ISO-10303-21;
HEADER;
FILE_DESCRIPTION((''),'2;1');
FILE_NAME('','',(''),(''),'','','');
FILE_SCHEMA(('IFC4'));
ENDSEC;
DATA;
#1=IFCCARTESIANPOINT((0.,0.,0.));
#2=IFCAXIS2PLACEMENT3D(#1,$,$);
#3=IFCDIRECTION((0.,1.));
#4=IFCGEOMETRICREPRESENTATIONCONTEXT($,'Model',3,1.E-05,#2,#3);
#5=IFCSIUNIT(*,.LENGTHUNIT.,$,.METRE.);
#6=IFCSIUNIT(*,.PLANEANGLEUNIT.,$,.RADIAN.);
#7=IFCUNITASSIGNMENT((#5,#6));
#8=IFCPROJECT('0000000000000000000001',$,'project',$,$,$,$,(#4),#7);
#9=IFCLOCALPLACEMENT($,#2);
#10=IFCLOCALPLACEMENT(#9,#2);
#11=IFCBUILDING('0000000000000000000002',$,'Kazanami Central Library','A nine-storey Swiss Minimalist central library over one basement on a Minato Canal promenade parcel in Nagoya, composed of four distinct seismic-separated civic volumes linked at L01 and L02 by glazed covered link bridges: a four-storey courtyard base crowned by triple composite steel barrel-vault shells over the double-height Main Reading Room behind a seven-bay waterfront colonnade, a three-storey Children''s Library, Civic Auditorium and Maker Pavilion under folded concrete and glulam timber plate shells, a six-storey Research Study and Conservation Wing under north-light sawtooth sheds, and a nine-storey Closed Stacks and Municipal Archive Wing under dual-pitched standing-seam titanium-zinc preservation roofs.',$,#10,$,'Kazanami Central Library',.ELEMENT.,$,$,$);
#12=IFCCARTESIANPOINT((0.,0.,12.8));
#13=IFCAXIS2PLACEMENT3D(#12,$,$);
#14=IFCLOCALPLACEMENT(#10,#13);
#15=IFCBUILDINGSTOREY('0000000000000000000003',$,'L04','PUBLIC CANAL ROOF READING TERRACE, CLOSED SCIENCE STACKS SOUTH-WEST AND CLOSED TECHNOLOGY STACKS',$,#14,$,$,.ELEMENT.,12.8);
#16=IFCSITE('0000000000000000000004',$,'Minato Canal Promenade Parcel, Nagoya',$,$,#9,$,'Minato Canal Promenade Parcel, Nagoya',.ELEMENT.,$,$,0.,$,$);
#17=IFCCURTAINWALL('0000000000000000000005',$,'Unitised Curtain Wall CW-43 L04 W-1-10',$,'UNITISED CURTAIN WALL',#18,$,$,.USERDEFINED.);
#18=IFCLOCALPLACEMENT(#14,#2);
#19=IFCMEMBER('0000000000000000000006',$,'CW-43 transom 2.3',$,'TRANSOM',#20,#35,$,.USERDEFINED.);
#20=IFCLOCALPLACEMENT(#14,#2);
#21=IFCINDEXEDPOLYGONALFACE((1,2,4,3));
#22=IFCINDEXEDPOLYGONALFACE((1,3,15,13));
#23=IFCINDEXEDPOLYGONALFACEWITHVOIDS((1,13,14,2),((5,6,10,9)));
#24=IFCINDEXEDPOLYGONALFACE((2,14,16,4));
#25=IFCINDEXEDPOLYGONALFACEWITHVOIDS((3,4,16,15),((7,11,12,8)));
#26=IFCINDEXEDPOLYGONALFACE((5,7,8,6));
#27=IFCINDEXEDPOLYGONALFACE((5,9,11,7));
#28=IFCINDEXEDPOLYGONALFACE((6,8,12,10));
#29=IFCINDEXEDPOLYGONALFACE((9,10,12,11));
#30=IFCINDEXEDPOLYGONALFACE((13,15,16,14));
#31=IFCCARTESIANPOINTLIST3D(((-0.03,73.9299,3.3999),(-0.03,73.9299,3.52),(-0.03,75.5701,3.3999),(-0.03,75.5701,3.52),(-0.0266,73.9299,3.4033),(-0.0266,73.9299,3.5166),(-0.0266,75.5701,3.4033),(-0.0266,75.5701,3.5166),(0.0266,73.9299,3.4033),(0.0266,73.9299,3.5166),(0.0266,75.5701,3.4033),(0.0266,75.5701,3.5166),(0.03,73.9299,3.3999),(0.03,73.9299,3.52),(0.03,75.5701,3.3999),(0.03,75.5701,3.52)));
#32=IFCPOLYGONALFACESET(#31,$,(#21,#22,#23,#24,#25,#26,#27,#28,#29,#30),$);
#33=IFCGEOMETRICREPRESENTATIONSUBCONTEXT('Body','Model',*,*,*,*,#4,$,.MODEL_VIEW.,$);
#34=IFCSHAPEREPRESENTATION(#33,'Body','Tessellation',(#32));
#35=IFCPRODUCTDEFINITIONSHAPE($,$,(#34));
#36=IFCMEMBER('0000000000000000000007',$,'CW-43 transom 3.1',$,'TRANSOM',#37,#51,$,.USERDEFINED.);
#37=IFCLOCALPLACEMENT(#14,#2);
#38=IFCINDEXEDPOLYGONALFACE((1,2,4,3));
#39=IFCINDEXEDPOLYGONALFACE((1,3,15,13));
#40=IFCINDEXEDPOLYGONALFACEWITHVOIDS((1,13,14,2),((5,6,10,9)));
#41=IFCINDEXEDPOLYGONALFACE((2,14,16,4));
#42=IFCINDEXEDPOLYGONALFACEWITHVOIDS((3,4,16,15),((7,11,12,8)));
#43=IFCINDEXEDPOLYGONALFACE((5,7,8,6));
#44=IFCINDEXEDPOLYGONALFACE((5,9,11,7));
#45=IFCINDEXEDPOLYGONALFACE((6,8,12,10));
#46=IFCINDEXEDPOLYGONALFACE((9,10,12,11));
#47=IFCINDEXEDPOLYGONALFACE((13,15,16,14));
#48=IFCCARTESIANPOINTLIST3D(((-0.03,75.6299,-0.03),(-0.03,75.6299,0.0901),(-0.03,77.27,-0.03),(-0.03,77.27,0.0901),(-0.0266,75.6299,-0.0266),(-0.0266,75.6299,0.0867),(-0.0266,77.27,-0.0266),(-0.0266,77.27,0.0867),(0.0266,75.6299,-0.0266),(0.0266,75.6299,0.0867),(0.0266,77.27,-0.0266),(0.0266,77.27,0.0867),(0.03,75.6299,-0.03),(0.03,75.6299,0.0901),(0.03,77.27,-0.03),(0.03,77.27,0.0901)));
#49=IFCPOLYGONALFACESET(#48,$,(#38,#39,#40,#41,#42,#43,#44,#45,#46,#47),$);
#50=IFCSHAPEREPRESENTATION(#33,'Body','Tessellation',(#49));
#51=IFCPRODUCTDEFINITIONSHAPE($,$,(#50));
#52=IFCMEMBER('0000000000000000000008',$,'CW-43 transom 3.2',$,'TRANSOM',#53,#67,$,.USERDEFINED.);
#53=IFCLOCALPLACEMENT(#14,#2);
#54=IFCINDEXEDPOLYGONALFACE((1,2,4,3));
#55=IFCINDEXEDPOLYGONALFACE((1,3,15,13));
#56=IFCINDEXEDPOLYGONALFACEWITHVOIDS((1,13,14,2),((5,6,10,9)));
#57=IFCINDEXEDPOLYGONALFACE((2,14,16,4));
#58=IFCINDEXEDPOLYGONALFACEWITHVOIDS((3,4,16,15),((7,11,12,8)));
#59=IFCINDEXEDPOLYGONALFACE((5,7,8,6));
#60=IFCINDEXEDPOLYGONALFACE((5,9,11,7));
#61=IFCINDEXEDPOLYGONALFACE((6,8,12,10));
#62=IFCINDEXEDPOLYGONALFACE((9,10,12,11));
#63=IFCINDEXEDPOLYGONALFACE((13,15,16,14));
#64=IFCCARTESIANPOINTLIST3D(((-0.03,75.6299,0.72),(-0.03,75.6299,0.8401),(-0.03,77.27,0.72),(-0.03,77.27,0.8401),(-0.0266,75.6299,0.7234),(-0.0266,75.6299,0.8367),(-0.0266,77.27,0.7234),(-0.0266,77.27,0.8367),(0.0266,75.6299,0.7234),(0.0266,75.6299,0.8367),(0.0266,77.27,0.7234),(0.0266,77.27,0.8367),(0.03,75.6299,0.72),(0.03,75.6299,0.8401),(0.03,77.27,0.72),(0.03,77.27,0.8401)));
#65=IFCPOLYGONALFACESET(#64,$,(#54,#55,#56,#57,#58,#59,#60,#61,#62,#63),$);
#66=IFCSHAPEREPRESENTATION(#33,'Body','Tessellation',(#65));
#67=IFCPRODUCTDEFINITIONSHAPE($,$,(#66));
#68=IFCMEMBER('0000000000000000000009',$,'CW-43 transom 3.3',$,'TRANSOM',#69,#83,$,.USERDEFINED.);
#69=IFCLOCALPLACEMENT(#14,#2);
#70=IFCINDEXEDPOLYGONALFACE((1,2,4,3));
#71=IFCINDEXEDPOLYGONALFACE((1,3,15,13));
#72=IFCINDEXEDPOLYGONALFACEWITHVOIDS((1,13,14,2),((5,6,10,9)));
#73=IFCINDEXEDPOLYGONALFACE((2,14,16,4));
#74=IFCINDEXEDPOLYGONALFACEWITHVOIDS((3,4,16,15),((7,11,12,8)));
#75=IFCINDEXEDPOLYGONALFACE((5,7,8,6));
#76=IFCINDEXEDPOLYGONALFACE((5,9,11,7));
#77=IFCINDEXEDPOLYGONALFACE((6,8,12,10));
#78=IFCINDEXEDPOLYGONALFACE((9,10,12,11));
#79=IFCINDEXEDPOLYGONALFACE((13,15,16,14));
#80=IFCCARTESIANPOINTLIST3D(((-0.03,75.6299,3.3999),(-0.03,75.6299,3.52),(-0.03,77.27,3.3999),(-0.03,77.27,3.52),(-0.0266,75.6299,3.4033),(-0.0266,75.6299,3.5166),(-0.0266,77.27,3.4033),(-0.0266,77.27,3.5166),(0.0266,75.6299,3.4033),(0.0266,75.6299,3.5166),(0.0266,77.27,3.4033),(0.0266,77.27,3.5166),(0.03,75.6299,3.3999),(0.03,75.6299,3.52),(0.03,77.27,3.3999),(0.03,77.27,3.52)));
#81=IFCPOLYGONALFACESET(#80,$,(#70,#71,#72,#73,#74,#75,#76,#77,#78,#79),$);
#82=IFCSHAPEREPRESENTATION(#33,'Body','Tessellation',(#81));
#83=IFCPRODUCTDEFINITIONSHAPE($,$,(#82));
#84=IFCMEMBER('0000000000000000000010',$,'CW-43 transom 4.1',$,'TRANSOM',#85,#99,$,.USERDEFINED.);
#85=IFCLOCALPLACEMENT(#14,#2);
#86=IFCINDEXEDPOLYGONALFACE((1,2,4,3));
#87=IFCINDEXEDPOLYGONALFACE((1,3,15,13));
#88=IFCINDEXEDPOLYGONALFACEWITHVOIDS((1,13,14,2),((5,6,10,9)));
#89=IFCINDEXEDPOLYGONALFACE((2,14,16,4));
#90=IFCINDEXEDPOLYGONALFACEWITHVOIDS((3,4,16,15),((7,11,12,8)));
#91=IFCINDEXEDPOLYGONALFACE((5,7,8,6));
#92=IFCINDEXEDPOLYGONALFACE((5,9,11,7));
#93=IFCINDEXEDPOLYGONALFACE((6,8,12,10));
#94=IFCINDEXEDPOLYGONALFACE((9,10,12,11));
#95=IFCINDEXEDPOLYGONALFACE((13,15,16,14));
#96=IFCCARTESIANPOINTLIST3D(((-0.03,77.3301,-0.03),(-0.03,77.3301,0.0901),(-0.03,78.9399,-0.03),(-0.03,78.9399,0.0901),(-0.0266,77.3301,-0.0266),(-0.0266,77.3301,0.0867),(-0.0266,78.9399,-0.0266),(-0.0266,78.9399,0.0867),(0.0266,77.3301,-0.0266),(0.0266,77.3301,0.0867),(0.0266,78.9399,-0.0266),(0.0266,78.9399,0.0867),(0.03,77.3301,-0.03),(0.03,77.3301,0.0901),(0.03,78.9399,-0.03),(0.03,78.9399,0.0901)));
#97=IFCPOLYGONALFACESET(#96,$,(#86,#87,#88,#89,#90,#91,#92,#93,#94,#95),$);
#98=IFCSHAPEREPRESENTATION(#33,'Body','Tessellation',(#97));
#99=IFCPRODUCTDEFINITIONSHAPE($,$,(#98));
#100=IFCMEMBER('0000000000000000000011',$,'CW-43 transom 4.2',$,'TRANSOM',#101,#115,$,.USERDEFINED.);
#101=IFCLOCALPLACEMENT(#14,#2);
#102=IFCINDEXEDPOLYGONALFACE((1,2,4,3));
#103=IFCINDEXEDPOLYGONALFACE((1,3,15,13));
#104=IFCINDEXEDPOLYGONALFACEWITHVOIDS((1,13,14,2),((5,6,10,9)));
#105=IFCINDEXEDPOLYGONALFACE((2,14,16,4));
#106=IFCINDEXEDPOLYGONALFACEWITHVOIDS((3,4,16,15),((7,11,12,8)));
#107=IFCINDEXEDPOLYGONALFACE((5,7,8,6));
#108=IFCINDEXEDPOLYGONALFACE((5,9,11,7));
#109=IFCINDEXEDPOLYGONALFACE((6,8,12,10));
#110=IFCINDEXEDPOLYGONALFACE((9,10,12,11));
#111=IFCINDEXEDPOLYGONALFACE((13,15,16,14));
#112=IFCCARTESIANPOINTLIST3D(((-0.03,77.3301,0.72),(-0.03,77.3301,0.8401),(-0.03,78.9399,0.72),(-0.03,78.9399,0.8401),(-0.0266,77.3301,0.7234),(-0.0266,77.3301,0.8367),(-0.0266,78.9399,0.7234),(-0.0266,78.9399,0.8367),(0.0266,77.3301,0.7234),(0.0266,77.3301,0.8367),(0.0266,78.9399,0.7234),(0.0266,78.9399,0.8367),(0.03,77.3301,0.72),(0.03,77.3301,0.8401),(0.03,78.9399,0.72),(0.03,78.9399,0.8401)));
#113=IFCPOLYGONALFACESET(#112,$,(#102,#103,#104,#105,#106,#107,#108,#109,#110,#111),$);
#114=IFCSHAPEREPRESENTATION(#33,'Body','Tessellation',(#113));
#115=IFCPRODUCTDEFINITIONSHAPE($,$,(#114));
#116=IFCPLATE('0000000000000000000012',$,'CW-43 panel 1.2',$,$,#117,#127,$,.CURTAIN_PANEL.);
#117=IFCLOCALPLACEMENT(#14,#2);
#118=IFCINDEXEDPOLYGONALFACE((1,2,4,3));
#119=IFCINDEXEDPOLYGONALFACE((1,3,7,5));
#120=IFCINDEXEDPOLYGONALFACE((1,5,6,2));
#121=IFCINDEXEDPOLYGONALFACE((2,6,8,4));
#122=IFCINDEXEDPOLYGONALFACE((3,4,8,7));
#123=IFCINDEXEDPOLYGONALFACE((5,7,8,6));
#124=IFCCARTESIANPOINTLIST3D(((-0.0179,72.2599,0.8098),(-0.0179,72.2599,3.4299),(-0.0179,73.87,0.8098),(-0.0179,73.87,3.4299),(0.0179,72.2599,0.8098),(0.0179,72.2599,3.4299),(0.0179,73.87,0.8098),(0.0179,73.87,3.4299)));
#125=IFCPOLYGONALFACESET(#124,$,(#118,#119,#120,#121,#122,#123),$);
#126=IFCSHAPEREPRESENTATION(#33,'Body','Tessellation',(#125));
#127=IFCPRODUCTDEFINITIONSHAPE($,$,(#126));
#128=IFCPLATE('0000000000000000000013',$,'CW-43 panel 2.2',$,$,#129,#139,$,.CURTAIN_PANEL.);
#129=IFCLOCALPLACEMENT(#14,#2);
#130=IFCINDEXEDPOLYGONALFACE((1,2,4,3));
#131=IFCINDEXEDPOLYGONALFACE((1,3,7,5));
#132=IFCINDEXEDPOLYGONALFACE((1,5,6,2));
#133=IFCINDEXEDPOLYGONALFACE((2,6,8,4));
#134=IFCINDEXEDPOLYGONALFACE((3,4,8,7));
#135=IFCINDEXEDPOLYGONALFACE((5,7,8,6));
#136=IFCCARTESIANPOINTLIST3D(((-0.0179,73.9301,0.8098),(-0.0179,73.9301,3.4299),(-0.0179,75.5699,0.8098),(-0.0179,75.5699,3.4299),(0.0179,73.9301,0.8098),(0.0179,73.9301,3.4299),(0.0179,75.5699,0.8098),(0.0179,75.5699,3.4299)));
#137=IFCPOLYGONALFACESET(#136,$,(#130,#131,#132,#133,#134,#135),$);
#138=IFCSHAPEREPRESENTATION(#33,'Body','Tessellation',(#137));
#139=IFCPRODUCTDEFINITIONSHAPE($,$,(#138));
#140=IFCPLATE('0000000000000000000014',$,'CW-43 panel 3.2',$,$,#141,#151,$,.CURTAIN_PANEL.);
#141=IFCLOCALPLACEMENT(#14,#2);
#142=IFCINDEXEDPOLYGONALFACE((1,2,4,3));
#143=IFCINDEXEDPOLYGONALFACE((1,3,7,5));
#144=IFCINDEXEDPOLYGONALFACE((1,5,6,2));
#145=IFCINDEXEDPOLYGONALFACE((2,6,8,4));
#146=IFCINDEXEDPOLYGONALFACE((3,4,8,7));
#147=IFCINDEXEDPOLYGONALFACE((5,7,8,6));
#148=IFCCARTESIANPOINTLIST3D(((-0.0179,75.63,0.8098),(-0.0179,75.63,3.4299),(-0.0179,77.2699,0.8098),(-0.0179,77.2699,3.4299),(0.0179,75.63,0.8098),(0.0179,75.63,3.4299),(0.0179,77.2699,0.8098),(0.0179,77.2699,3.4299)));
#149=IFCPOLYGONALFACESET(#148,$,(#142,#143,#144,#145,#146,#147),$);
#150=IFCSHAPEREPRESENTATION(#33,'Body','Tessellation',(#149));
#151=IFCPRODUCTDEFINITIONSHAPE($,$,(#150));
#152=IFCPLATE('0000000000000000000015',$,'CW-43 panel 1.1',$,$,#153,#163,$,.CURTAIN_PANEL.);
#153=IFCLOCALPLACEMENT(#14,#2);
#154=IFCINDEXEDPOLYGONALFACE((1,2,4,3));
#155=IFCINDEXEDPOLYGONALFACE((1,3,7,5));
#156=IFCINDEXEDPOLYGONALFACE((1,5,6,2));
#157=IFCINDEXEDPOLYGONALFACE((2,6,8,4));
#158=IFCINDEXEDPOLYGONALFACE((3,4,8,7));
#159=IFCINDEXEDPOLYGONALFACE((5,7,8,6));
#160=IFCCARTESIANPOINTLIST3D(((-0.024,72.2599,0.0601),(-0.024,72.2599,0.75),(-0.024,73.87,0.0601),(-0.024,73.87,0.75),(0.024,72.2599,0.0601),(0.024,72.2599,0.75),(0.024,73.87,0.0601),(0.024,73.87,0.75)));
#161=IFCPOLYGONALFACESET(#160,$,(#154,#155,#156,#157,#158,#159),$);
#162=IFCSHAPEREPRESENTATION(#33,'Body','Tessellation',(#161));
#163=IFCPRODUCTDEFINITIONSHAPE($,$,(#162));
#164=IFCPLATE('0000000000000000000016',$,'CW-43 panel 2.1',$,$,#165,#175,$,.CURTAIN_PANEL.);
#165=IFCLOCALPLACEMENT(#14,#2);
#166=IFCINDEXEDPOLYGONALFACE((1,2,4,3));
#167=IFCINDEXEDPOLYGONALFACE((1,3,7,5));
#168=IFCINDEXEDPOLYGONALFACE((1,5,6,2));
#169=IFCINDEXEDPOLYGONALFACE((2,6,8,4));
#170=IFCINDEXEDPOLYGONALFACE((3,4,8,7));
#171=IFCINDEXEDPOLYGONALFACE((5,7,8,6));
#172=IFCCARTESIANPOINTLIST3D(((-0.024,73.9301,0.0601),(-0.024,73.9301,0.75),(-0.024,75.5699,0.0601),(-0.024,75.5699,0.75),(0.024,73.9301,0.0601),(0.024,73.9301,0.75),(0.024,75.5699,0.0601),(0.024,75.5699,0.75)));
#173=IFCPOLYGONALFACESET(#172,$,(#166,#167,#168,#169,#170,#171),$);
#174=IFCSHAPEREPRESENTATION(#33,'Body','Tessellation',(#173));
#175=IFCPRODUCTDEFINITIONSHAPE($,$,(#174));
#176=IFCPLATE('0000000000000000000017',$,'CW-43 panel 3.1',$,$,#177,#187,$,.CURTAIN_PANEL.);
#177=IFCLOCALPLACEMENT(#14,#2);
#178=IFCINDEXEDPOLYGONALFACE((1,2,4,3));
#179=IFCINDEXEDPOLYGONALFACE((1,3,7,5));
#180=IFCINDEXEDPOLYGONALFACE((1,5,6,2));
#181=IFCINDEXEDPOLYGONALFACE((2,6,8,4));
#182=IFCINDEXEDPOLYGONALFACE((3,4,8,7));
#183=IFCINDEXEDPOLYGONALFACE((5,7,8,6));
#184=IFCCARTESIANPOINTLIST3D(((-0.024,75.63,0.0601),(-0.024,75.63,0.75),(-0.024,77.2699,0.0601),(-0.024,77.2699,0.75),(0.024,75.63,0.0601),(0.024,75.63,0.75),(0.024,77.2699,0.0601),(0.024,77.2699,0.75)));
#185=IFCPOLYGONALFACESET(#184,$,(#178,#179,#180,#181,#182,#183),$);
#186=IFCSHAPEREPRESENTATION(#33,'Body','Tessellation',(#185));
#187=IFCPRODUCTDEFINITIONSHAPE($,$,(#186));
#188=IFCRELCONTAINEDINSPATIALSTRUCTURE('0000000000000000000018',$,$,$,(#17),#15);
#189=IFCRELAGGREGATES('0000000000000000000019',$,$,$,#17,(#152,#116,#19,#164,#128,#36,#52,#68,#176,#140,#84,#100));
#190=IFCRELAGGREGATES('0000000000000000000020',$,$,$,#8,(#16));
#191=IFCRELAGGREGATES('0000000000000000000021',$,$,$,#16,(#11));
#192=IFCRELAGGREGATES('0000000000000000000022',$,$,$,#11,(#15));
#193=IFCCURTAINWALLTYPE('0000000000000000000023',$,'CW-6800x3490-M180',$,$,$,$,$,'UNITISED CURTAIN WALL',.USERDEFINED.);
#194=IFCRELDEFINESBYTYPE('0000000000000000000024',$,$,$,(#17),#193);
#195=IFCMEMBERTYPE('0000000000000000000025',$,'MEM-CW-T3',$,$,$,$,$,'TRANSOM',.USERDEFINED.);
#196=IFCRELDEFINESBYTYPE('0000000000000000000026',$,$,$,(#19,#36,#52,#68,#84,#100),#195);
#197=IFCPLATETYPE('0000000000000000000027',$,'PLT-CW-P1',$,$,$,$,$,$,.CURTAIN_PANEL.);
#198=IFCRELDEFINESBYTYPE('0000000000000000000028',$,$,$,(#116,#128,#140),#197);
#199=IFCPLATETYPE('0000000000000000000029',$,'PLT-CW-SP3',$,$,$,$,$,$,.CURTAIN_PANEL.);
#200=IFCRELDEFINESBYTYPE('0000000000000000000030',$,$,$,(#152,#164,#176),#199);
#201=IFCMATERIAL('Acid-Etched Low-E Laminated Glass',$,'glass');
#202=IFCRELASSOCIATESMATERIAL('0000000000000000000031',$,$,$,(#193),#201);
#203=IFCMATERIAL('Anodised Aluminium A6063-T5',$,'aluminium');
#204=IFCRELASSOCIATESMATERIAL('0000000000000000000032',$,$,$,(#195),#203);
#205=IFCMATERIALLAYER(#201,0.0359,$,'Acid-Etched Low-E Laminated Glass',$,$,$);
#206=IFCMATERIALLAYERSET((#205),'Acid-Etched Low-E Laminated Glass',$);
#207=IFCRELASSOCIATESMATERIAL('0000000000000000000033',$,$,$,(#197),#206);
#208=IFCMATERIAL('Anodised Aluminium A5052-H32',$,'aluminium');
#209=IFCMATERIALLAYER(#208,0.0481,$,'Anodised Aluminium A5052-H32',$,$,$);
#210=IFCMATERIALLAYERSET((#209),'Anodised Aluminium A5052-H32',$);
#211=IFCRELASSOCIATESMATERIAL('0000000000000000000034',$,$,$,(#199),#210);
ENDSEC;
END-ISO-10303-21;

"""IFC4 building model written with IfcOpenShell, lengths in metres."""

from ifc_helpers import new_model, si_unit, direction, frame, origin, origin_2d, place, context, subcontext, project, spatial, rectangle, hollow_rectangle, extrude, material, layer, layer_set, material_profile, profile_set, type_object, element, aggregate, save


model = new_model("IFC4")

# Units and contexts
model_context = context("Model", 3, precision=1e-05, world=origin(), true_north=direction((0.0, 1.0)))
body_context = subcontext(model_context, "Body", "Model", "MODEL_VIEW")
ifc_project = project(units=[si_unit("LENGTHUNIT", "METRE"), si_unit("PLANEANGLEUNIT", "RADIAN")], contexts=[model_context])

# Site, building, storey
site_placement = place(None, origin())
site = spatial("IfcSite", under=ifc_project, at=site_placement, Name="Minato Canal Promenade Parcel, Nagoya", LongName="Minato Canal Promenade Parcel, Nagoya", CompositionType="ELEMENT", RefElevation=0.0)
building_placement = place(site_placement, origin())
building = spatial("IfcBuilding", under=site, at=building_placement, Name="Kazanami Central Library", Description="A nine-storey Swiss Minimalist central library over one basement on a Minato Canal promenade parcel in Nagoya, composed of four distinct seismic-separated civic volumes linked at L01 and L02 by glazed covered link bridges: a four-storey courtyard base crowned by triple composite steel barrel-vault shells over the double-height Main Reading Room behind a seven-bay waterfront colonnade, a three-storey Children's Library, Civic Auditorium and Maker Pavilion under folded concrete and glulam timber plate shells, a six-storey Research Study and Conservation Wing under north-light sawtooth sheds, and a nine-storey Closed Stacks and Municipal Archive Wing under dual-pitched standing-seam titanium-zinc preservation roofs.", LongName="Kazanami Central Library", CompositionType="ELEMENT")
storey_placement = place(building_placement, frame((0.0, 0.0, 12.8)))
storey = spatial("IfcBuildingStorey", under=building, at=storey_placement, Name="L04", Description="PUBLIC CANAL ROOF READING TERRACE, CLOSED SCIENCE STACKS SOUTH-WEST AND CLOSED TECHNOLOGY STACKS", CompositionType="ELEMENT", Elevation=12.8)

# Curtain wall, members, plates
ifc_material_1 = material(Name="Acid-Etched Low-E Laminated Glass", Category="glass")
curtain_wall_type = type_object("IfcCurtainWallType", Name="CW-6800x3490-M180", ElementType="UNITISED CURTAIN WALL", PredefinedType="USERDEFINED", material=ifc_material_1)
curtain_wall_placement = place(storey_placement, origin())
curtain_wall = element("IfcCurtainWall", 1, at=curtain_wall_placement, inside=storey, type_object=curtain_wall_type, Name="Unitised Curtain Wall CW-43 L04 W-1-10", ObjectType="UNITISED CURTAIN WALL", PredefinedType="USERDEFINED")
ifc_material_2 = material(Name="Anodised Aluminium A6063-T5", Category="aluminium")
ifc_material_profile_1 = material_profile(ifc_material_2, hollow_rectangle(XDim=0.0601, YDim=0.1201, WallThickness=0.0034, at=origin_2d()), Name="ALU-TRAN-60x120x3.5")
ifc_profile_set_1 = profile_set([ifc_material_profile_1], Name="Anodised Aluminium A6063-T5")
member_type_1 = type_object("IfcMemberType", Name="MEM-CW-T3", ElementType="TRANSOM", PredefinedType="USERDEFINED", material=ifc_profile_set_1)
member_1_placement = place(storey_placement, frame((0.0, 73.9299, 3.46), z_axis=(0.0, 1.0, 0.0), x_axis=(-1.0, 0.0, 0.0)))
member_1 = element("IfcMember", 2, at=member_1_placement, type_object=member_type_1, Name="CW-43 transom 2.3", ObjectType="TRANSOM", PredefinedType="USERDEFINED", context=body_context, shape_type="SweptSolid", body=[
    extrude(hollow_rectangle(XDim=0.0601, YDim=0.1201, WallThickness=0.0034, at=origin_2d()), origin(), (0.0, 0.0, 1.0), 1.6401),
])
member_2_placement = place(storey_placement, frame((0.0, 75.6299, 0.03), z_axis=(0.0, 1.0, 0.0), x_axis=(-1.0, 0.0, 0.0)))
member_2 = element("IfcMember", 3, at=member_2_placement, type_object=member_type_1, Name="CW-43 transom 3.1", ObjectType="TRANSOM", PredefinedType="USERDEFINED", context=body_context, shape_type="SweptSolid", body=[
    extrude(hollow_rectangle(XDim=0.0601, YDim=0.1201, WallThickness=0.0034, at=origin_2d()), origin(), (0.0, 0.0, 1.0), 1.6401),
])
member_3_placement = place(storey_placement, frame((0.0, 75.6299, 0.78), z_axis=(0.0, 1.0, 0.0), x_axis=(-1.0, 0.0, 0.0)))
member_3 = element("IfcMember", 4, at=member_3_placement, type_object=member_type_1, Name="CW-43 transom 3.2", ObjectType="TRANSOM", PredefinedType="USERDEFINED", context=body_context, shape_type="SweptSolid", body=[
    extrude(hollow_rectangle(XDim=0.0601, YDim=0.1201, WallThickness=0.0034, at=origin_2d()), origin(), (0.0, 0.0, 1.0), 1.6401),
])
member_4_placement = place(storey_placement, frame((0.0, 75.6299, 3.46), z_axis=(0.0, 1.0, 0.0), x_axis=(-1.0, 0.0, 0.0)))
member_4 = element("IfcMember", 5, at=member_4_placement, type_object=member_type_1, Name="CW-43 transom 3.3", ObjectType="TRANSOM", PredefinedType="USERDEFINED", context=body_context, shape_type="SweptSolid", body=[
    extrude(hollow_rectangle(XDim=0.0601, YDim=0.1201, WallThickness=0.0034, at=origin_2d()), origin(), (0.0, 0.0, 1.0), 1.6401),
])
member_5_placement = place(storey_placement, frame((0.0, 77.3301, 0.03), z_axis=(0.0, 1.0, 0.0), x_axis=(-1.0, 0.0, 0.0)))
member_5 = element("IfcMember", 6, at=member_5_placement, type_object=member_type_1, Name="CW-43 transom 4.1", ObjectType="TRANSOM", PredefinedType="USERDEFINED", context=body_context, shape_type="SweptSolid", body=[
    extrude(hollow_rectangle(XDim=0.0601, YDim=0.1201, WallThickness=0.0034, at=origin_2d()), origin(), (0.0, 0.0, 1.0), 1.6099),
])
member_6_placement = place(storey_placement, frame((0.0, 77.3301, 0.78), z_axis=(0.0, 1.0, 0.0), x_axis=(-1.0, 0.0, 0.0)))
member_6 = element("IfcMember", 7, at=member_6_placement, type_object=member_type_1, Name="CW-43 transom 4.2", ObjectType="TRANSOM", PredefinedType="USERDEFINED", context=body_context, shape_type="SweptSolid", body=[
    extrude(hollow_rectangle(XDim=0.0601, YDim=0.1201, WallThickness=0.0034, at=origin_2d()), origin(), (0.0, 0.0, 1.0), 1.6099),
])
ifc_layer_1 = layer(ifc_material_1, 0.0359, Name="Acid-Etched Low-E Laminated Glass")
ifc_layer_set_1 = layer_set([ifc_layer_1], Name="Acid-Etched Low-E Laminated Glass")
plate_type_1 = type_object("IfcPlateType", Name="PLT-CW-P1", PredefinedType="CURTAIN_PANEL", material=ifc_layer_set_1)
plate_1_placement = place(storey_placement, frame((0.0, 73.0649, 0.8098), z_axis=(0.0, 0.0, 1.0), x_axis=(0.0, 1.0, 0.0)))
plate_1 = element("IfcPlate", 8, at=plate_1_placement, type_object=plate_type_1, Name="CW-43 panel 1.2", PredefinedType="CURTAIN_PANEL", context=body_context, shape_type="SweptSolid", body=[
    extrude(rectangle(XDim=1.6101, YDim=0.0359, at=origin_2d()), origin(), (0.0, 0.0, 1.0), 2.6201),
])
plate_2_placement = place(storey_placement, frame((0.0, 74.75, 0.8098), z_axis=(0.0, 0.0, 1.0), x_axis=(0.0, 1.0, 0.0)))
plate_2 = element("IfcPlate", 9, at=plate_2_placement, type_object=plate_type_1, Name="CW-43 panel 2.2", PredefinedType="CURTAIN_PANEL", context=body_context, shape_type="SweptSolid", body=[
    extrude(rectangle(XDim=1.6399, YDim=0.0359, at=origin_2d()), origin(), (0.0, 0.0, 1.0), 2.6201),
])
plate_3_placement = place(storey_placement, frame((0.0, 76.45, 0.8098), z_axis=(0.0, 0.0, 1.0), x_axis=(0.0, 1.0, 0.0)))
plate_3 = element("IfcPlate", 10, at=plate_3_placement, type_object=plate_type_1, Name="CW-43 panel 3.2", PredefinedType="CURTAIN_PANEL", context=body_context, shape_type="SweptSolid", body=[
    extrude(rectangle(XDim=1.6399, YDim=0.0359, at=origin_2d()), origin(), (0.0, 0.0, 1.0), 2.6201),
])
ifc_material_3 = material(Name="Anodised Aluminium A5052-H32", Category="aluminium")
ifc_layer_2 = layer(ifc_material_3, 0.0481, Name="Anodised Aluminium A5052-H32")
ifc_layer_set_2 = layer_set([ifc_layer_2], Name="Anodised Aluminium A5052-H32")
plate_type_2 = type_object("IfcPlateType", Name="PLT-CW-SP3", PredefinedType="CURTAIN_PANEL", material=ifc_layer_set_2)
plate_4_placement = place(storey_placement, frame((0.0, 73.0649, 0.0601), z_axis=(0.0, 0.0, 1.0), x_axis=(0.0, 1.0, 0.0)))
plate_4 = element("IfcPlate", 11, at=plate_4_placement, type_object=plate_type_2, Name="CW-43 panel 1.1", PredefinedType="CURTAIN_PANEL", context=body_context, shape_type="SweptSolid", body=[
    extrude(rectangle(XDim=1.6101, YDim=0.0481, at=origin_2d()), origin(), (0.0, 0.0, 1.0), 0.6899),
])
plate_5_placement = place(storey_placement, frame((0.0, 74.75, 0.0601), z_axis=(0.0, 0.0, 1.0), x_axis=(0.0, 1.0, 0.0)))
plate_5 = element("IfcPlate", 12, at=plate_5_placement, type_object=plate_type_2, Name="CW-43 panel 2.1", PredefinedType="CURTAIN_PANEL", context=body_context, shape_type="SweptSolid", body=[
    extrude(rectangle(XDim=1.6399, YDim=0.0481, at=origin_2d()), origin(), (0.0, 0.0, 1.0), 0.6899),
])
plate_6_placement = place(storey_placement, frame((0.0, 76.45, 0.0601), z_axis=(0.0, 0.0, 1.0), x_axis=(0.0, 1.0, 0.0)))
plate_6 = element("IfcPlate", 13, at=plate_6_placement, type_object=plate_type_2, Name="CW-43 panel 3.1", PredefinedType="CURTAIN_PANEL", context=body_context, shape_type="SweptSolid", body=[
    extrude(rectangle(XDim=1.6399, YDim=0.0481, at=origin_2d()), origin(), (0.0, 0.0, 1.0), 0.6899),
])
aggregate(curtain_wall, [plate_4, plate_1, member_1, plate_5, plate_2, member_2, member_3, member_4, plate_6, plate_3, member_5, member_6])

save(model, "model.ifc")
